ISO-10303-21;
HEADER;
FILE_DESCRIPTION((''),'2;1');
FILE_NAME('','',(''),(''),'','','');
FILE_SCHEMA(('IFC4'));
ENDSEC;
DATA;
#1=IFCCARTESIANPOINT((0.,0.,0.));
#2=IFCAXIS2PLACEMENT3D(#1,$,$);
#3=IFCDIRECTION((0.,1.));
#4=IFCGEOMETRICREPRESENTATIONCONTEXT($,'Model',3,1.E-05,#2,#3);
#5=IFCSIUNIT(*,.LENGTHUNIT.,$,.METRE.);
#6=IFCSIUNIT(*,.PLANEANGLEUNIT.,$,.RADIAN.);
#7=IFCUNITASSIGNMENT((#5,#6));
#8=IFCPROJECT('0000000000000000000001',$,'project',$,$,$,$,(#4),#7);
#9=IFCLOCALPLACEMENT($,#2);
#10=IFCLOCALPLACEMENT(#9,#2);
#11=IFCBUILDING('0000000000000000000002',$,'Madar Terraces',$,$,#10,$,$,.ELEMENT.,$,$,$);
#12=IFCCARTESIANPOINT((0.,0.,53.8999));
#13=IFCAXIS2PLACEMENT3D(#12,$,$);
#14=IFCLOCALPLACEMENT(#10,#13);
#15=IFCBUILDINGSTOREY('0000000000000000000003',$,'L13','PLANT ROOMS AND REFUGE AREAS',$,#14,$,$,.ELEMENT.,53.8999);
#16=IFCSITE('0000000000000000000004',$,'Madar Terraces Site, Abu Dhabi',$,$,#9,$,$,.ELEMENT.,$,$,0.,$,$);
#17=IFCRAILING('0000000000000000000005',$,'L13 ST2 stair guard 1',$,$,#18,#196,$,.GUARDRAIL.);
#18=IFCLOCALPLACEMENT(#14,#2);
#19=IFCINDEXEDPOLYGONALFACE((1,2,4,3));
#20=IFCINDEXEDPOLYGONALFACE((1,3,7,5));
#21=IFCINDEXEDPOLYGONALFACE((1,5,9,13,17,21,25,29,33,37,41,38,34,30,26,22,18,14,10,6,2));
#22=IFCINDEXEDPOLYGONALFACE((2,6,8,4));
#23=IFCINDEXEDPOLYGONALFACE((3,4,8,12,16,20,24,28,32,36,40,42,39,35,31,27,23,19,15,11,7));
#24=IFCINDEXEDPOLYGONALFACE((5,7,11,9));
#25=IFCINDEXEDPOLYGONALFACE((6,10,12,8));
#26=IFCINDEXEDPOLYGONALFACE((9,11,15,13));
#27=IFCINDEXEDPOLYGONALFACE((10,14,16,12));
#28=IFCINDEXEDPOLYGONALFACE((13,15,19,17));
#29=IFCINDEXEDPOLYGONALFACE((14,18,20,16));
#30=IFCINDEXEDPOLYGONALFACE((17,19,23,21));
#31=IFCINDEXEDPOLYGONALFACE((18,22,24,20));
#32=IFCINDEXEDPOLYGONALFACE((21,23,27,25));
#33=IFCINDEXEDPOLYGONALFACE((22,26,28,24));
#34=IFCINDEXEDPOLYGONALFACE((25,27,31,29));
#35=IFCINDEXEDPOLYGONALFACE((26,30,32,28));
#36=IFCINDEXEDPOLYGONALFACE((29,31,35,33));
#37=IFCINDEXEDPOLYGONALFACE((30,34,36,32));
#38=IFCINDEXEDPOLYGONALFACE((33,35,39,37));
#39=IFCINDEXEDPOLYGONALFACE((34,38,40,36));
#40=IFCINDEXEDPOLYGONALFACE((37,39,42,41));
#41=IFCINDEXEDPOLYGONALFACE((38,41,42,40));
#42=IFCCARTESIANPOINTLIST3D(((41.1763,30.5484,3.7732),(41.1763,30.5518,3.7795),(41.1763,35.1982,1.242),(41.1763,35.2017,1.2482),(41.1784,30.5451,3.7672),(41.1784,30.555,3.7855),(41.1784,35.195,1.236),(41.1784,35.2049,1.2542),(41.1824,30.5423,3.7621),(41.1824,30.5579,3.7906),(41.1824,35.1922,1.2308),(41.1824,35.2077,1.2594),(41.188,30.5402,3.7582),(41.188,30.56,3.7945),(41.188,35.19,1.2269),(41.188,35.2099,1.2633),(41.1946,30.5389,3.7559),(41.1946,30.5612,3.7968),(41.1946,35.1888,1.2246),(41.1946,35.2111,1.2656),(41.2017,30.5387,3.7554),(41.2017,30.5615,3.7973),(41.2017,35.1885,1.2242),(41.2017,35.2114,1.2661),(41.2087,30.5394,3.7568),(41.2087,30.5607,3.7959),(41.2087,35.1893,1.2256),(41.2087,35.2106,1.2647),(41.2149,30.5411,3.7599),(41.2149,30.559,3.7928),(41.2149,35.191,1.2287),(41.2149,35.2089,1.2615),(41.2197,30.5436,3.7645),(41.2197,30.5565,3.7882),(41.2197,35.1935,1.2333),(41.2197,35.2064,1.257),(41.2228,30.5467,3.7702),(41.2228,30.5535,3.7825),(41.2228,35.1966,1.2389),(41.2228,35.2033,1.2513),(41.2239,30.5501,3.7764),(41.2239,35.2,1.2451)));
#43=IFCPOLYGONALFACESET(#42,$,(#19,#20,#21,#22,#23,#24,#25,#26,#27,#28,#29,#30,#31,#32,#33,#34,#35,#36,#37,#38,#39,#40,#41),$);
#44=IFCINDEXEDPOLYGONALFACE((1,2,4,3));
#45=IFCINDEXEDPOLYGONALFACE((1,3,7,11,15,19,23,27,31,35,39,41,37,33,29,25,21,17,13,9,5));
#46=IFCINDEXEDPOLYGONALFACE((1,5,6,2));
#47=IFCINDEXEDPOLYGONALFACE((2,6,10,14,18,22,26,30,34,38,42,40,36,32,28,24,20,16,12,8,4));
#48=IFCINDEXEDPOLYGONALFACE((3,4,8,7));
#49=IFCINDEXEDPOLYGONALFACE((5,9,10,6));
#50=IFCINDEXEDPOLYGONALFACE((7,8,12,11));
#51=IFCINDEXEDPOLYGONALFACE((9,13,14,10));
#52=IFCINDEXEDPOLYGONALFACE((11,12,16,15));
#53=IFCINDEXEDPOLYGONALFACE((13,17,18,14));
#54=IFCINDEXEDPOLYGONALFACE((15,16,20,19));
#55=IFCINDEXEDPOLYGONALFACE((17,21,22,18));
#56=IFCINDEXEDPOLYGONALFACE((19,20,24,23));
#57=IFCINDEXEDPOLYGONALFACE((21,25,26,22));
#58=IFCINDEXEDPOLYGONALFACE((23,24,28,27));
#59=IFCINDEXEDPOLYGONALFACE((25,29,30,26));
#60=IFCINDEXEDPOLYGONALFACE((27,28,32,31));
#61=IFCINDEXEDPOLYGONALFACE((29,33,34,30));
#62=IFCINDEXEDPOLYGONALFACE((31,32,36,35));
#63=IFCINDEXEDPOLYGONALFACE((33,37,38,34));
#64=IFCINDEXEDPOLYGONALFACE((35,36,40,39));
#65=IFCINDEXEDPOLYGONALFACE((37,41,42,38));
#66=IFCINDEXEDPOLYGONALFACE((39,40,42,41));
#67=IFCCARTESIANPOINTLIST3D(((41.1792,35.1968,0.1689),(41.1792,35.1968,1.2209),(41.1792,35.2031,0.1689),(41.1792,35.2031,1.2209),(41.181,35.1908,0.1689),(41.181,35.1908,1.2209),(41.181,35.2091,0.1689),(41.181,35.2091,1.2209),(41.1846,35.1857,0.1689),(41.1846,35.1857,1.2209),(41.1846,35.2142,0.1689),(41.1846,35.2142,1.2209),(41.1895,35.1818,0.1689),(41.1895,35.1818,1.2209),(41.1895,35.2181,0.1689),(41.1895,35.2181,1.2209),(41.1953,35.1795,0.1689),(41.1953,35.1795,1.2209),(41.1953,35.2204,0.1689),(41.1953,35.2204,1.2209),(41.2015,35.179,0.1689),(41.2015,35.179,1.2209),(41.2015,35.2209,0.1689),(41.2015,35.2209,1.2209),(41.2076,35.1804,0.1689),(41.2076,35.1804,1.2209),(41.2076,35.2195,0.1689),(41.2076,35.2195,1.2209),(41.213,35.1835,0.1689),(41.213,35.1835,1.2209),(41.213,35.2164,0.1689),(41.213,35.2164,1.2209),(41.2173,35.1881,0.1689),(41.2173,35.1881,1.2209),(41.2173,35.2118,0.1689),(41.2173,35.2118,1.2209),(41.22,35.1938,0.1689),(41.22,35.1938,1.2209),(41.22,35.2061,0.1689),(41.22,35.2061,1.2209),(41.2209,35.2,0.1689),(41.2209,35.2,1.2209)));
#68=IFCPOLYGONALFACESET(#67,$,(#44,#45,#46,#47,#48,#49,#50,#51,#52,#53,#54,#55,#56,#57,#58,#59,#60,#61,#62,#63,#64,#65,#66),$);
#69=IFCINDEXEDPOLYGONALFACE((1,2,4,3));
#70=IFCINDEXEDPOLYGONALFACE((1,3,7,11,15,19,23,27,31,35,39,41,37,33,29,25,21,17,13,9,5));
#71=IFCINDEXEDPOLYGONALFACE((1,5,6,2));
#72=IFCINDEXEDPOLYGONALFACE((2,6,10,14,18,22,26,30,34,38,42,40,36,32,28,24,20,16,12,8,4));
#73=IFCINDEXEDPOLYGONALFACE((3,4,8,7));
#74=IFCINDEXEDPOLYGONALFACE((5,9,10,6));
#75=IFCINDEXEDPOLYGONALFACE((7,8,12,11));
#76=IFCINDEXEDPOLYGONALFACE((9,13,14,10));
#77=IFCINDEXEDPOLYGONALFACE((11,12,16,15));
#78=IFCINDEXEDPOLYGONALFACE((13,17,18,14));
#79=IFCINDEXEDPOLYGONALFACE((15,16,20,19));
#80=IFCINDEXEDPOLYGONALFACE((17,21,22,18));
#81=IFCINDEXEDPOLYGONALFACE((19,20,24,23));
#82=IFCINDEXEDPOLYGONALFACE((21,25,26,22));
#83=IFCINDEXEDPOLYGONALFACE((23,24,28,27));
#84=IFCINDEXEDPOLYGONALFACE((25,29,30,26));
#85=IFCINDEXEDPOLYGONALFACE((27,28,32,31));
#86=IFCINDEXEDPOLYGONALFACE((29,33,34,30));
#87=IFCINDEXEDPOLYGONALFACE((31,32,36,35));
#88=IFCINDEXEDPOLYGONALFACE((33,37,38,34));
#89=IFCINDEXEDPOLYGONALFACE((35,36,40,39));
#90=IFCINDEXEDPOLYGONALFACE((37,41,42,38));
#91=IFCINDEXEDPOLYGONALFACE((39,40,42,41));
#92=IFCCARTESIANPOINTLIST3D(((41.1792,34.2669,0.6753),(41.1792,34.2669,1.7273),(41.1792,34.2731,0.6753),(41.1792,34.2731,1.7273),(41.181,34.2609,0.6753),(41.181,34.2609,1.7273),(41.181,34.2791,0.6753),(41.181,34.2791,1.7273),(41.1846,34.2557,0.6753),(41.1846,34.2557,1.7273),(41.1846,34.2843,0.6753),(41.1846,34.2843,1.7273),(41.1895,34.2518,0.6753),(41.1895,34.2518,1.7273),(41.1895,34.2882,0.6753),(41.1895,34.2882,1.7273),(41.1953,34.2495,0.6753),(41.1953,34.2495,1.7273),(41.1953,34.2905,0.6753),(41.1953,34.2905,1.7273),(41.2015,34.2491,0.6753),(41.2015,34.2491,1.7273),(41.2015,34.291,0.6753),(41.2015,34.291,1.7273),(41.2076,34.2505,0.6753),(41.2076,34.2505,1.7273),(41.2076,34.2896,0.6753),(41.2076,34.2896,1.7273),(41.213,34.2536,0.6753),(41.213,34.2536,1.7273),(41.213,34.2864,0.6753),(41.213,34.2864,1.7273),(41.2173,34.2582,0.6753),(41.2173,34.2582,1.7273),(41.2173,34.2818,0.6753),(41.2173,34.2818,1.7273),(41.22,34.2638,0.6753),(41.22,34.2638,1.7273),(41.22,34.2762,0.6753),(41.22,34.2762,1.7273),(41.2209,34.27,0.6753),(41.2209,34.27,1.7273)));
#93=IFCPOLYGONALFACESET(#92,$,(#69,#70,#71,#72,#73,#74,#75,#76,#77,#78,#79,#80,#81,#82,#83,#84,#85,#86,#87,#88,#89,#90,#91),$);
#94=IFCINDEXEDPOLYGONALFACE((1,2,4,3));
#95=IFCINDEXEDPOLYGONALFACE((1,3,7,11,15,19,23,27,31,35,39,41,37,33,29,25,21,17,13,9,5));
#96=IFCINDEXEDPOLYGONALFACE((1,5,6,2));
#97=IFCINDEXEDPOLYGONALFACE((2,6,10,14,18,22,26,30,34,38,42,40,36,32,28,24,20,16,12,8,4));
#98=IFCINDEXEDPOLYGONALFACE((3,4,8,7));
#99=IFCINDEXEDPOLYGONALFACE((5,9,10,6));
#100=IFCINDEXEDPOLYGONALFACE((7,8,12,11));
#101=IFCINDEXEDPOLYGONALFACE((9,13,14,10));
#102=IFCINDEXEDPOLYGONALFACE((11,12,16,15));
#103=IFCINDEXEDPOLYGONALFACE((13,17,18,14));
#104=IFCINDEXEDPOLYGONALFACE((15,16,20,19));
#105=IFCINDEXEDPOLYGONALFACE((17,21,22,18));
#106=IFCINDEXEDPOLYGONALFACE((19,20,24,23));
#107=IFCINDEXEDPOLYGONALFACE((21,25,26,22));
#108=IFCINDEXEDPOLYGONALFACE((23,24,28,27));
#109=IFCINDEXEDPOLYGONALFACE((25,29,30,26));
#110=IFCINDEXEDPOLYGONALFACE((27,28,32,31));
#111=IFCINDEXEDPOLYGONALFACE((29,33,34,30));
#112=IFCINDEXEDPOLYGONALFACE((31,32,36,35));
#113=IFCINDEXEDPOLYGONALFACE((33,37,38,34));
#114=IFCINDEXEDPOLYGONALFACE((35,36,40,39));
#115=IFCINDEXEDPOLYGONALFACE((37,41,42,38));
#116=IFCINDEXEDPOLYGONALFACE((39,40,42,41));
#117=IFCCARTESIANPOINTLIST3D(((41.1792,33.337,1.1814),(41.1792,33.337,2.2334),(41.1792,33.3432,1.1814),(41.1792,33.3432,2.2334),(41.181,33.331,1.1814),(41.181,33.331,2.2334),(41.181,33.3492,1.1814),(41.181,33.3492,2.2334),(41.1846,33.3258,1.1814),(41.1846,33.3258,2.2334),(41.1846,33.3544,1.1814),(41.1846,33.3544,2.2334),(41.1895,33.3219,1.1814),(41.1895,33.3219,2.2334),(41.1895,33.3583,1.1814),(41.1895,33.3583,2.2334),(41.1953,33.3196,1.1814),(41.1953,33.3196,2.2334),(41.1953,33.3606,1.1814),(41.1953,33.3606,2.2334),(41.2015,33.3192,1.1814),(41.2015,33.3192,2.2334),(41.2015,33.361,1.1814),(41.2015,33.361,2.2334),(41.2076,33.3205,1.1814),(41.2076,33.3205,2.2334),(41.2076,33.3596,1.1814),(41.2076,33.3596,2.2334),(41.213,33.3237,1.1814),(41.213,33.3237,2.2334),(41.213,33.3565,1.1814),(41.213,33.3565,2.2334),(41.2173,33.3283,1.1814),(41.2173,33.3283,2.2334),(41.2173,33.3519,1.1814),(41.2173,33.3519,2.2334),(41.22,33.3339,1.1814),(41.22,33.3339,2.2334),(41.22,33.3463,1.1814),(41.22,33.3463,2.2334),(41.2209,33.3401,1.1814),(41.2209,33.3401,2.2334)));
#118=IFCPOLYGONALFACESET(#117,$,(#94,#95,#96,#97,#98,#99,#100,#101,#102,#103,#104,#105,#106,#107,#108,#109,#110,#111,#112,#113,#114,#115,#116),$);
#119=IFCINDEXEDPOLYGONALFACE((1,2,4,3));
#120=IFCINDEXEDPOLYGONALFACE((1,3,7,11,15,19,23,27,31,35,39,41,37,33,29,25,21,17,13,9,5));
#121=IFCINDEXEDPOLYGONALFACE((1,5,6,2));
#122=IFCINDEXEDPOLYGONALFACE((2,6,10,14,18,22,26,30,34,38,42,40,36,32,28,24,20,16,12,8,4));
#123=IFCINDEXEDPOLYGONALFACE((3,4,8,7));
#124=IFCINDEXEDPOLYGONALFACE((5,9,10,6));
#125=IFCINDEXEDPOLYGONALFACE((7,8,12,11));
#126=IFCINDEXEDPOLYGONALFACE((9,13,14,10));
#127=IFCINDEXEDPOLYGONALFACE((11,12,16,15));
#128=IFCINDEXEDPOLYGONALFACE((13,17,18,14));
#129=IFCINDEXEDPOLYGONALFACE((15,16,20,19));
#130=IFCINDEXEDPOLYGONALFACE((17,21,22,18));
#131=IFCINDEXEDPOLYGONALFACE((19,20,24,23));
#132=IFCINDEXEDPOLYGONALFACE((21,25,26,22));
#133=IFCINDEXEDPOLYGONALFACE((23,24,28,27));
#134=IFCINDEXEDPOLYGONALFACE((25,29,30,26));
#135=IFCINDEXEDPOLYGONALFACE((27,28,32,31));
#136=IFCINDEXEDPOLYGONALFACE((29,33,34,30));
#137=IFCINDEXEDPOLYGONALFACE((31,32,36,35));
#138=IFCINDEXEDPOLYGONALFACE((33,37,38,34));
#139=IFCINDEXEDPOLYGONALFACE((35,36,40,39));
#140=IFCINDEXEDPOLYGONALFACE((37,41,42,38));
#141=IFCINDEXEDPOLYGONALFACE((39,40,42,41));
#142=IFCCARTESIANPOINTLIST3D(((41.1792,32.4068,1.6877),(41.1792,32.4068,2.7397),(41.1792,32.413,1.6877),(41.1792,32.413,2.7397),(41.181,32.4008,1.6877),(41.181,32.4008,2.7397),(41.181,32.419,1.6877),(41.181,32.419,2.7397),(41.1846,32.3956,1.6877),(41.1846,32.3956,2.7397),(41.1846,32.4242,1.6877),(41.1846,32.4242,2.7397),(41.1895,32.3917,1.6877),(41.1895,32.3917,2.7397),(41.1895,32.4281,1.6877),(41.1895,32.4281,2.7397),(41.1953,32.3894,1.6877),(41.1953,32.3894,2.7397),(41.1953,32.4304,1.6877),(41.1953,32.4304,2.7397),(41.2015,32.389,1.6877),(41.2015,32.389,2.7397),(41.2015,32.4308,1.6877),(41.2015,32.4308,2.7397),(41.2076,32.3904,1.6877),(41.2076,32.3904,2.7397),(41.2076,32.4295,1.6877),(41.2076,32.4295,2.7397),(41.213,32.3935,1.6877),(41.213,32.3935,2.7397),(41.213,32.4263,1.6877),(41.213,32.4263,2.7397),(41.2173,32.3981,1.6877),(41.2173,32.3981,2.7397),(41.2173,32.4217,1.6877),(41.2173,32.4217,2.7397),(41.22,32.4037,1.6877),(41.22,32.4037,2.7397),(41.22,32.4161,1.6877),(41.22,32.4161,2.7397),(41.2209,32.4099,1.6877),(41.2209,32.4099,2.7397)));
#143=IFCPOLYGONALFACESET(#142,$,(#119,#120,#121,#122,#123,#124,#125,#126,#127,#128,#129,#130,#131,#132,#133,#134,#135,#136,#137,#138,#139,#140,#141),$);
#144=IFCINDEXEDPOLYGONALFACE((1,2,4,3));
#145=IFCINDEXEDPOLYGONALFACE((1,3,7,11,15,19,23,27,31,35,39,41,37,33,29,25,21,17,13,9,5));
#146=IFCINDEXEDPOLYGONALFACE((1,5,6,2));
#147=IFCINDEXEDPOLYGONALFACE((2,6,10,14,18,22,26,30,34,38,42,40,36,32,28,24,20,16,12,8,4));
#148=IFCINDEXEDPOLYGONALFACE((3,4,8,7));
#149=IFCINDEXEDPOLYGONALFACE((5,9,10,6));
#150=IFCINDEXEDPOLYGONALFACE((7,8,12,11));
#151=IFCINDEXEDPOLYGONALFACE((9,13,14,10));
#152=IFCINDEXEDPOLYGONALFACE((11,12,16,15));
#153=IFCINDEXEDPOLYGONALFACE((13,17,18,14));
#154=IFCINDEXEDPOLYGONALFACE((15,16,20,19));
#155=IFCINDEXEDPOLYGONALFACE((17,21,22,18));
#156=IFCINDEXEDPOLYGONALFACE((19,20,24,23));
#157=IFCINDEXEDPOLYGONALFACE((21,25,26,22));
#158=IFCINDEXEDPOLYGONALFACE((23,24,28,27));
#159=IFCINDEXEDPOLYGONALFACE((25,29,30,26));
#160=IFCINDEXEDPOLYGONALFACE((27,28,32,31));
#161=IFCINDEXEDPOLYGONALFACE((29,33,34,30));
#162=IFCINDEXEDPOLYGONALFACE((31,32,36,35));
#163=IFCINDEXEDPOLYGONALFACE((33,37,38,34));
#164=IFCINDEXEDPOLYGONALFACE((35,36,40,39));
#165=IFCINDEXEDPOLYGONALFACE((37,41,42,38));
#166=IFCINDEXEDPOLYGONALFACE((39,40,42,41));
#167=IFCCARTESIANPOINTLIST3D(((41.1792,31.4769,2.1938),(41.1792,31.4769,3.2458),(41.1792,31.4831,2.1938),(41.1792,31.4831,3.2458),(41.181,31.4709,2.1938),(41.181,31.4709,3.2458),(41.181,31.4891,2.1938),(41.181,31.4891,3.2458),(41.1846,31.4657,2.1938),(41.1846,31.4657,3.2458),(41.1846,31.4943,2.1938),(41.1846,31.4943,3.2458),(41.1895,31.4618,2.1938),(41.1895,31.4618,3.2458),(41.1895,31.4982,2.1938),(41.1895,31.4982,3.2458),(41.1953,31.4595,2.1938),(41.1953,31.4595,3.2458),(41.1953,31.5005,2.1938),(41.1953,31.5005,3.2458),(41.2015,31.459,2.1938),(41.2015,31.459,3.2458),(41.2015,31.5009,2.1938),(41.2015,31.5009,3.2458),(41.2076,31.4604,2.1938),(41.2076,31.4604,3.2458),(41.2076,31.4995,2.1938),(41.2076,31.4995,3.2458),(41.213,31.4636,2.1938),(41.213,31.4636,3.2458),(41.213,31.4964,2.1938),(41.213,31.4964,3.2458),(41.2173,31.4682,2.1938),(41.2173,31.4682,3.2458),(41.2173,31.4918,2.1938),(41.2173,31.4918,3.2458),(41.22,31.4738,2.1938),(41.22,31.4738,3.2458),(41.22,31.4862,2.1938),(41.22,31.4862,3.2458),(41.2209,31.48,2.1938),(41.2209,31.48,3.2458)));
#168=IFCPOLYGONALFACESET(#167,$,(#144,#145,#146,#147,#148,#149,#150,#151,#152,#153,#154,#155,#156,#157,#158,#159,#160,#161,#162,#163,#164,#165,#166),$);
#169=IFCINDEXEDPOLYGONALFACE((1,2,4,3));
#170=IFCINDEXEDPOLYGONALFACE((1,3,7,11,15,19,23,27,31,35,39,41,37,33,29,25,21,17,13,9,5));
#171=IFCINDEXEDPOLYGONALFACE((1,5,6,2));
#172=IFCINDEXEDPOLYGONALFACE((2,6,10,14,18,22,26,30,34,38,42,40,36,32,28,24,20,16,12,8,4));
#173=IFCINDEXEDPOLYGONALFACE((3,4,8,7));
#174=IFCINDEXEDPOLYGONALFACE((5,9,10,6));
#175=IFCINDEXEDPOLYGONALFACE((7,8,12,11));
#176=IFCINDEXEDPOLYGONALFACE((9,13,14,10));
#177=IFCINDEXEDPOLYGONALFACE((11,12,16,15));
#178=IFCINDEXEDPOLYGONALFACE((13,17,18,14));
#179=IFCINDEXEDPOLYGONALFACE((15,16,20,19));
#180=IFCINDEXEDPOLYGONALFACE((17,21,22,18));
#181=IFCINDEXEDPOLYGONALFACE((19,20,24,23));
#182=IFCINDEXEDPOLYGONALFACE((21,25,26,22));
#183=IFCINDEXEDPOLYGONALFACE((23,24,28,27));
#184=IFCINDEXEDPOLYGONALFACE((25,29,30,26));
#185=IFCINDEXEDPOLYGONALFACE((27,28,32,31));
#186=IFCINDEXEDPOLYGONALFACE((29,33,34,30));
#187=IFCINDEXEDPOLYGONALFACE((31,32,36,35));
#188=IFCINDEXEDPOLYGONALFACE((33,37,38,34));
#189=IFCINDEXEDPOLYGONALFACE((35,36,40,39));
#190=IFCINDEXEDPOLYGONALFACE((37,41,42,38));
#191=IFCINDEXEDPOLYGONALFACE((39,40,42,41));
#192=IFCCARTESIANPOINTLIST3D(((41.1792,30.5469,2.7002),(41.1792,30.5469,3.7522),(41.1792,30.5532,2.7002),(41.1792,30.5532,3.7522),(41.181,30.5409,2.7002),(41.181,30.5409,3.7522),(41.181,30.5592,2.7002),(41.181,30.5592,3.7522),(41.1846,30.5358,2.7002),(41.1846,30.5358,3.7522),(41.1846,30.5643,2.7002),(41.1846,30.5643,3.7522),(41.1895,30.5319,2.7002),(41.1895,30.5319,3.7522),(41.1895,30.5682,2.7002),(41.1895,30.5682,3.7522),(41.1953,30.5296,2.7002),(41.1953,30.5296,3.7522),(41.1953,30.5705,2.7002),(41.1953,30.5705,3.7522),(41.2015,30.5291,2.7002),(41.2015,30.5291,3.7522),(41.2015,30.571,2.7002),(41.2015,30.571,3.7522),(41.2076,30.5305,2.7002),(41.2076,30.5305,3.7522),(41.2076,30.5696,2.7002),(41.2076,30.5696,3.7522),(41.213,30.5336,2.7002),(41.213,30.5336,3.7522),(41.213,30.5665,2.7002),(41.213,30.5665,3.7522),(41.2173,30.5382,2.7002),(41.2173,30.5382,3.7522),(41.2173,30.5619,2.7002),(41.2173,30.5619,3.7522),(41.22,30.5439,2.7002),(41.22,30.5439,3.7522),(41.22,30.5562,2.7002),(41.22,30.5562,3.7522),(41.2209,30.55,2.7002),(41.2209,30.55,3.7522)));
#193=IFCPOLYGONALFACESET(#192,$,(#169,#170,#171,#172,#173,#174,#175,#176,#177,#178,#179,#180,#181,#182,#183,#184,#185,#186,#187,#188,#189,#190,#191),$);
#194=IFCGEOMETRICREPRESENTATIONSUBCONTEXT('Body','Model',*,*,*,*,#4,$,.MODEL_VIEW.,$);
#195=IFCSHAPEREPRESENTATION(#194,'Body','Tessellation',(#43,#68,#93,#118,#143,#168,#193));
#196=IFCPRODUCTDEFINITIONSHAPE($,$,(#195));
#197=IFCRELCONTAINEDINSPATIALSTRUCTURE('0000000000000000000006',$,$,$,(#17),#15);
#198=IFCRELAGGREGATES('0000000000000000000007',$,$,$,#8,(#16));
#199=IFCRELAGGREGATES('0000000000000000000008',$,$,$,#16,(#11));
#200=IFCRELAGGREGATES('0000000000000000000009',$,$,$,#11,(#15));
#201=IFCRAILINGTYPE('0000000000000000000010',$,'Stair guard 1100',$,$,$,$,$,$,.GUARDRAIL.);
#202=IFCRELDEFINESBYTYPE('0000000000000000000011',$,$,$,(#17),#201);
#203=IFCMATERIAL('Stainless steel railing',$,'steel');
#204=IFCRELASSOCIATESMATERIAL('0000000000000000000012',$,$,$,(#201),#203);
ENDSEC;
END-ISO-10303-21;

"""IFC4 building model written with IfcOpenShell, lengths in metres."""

from ifc_helpers import new_model, si_unit, direction, frame, origin, origin_2d, place, context, subcontext, project, spatial, circle, extrude, material, type_object, element, save


model = new_model("IFC4")

# Units and contexts
model_context = context("Model", 3, precision=1e-05, world=origin(), true_north=direction((0.0, 1.0)))
body_context = subcontext(model_context, "Body", "Model", "MODEL_VIEW")
ifc_project = project(units=[si_unit("LENGTHUNIT", "METRE"), si_unit("PLANEANGLEUNIT", "RADIAN")], contexts=[model_context])

# Site, building, storey
site_placement = place(None, origin())
site = spatial("IfcSite", under=ifc_project, at=site_placement, Name="Madar Terraces Site, Abu Dhabi", CompositionType="ELEMENT", RefElevation=0.0)
building_placement = place(site_placement, origin())
building = spatial("IfcBuilding", under=site, at=building_placement, Name="Madar Terraces", CompositionType="ELEMENT")
storey_placement = place(building_placement, frame((0.0, 0.0, 53.8999)))
storey = spatial("IfcBuildingStorey", under=building, at=storey_placement, Name="L13", Description="PLANT ROOMS AND REFUGE AREAS", CompositionType="ELEMENT", Elevation=53.8999)

# Railing
ifc_material_1 = material(Name="Stainless steel railing", Category="steel")
railing_type_1 = type_object("IfcRailingType", Name="Stair guard 1100", PredefinedType="GUARDRAIL", material=ifc_material_1)
railing_1_placement = place(storey_placement, frame((41.2, 35.2, 0.1689)))
element("IfcRailing", 1, at=railing_1_placement, inside=storey, type_object=railing_type_1, Name="L13 ST2 stair guard 1", PredefinedType="GUARDRAIL", context=body_context, shape_type="SweptSolid", body=[
    extrude(circle(Radius=0.0239, at=origin_2d()), frame((0.0, 0.0, 1.0762), z_axis=(0.0, -0.878297, 0.478115), x_axis=(1.0, 0.0, 0.0)), (0.0, 0.0, 1.0), 5.2942),
    extrude(circle(Radius=0.021, at=origin_2d()), origin(), (0.0, 0.0, 1.0), 1.052),
    extrude(circle(Radius=0.021, at=origin_2d()), frame((0.0, -0.9299, 0.5063)), (0.0, 0.0, 1.0), 1.052),
    extrude(circle(Radius=0.021, at=origin_2d()), frame((0.0, -1.8599, 1.0125)), (0.0, 0.0, 1.0), 1.052),
    extrude(circle(Radius=0.021, at=origin_2d()), frame((0.0, -2.79, 1.5188)), (0.0, 0.0, 1.0), 1.052),
    extrude(circle(Radius=0.021, at=origin_2d()), frame((0.0, -3.72, 2.0249)), (0.0, 0.0, 1.0), 1.052),
    extrude(circle(Radius=0.021, at=origin_2d()), frame((0.0, -4.6499, 2.5312)), (0.0, 0.0, 1.0), 1.052),
])

save(model, "model.ifc")
